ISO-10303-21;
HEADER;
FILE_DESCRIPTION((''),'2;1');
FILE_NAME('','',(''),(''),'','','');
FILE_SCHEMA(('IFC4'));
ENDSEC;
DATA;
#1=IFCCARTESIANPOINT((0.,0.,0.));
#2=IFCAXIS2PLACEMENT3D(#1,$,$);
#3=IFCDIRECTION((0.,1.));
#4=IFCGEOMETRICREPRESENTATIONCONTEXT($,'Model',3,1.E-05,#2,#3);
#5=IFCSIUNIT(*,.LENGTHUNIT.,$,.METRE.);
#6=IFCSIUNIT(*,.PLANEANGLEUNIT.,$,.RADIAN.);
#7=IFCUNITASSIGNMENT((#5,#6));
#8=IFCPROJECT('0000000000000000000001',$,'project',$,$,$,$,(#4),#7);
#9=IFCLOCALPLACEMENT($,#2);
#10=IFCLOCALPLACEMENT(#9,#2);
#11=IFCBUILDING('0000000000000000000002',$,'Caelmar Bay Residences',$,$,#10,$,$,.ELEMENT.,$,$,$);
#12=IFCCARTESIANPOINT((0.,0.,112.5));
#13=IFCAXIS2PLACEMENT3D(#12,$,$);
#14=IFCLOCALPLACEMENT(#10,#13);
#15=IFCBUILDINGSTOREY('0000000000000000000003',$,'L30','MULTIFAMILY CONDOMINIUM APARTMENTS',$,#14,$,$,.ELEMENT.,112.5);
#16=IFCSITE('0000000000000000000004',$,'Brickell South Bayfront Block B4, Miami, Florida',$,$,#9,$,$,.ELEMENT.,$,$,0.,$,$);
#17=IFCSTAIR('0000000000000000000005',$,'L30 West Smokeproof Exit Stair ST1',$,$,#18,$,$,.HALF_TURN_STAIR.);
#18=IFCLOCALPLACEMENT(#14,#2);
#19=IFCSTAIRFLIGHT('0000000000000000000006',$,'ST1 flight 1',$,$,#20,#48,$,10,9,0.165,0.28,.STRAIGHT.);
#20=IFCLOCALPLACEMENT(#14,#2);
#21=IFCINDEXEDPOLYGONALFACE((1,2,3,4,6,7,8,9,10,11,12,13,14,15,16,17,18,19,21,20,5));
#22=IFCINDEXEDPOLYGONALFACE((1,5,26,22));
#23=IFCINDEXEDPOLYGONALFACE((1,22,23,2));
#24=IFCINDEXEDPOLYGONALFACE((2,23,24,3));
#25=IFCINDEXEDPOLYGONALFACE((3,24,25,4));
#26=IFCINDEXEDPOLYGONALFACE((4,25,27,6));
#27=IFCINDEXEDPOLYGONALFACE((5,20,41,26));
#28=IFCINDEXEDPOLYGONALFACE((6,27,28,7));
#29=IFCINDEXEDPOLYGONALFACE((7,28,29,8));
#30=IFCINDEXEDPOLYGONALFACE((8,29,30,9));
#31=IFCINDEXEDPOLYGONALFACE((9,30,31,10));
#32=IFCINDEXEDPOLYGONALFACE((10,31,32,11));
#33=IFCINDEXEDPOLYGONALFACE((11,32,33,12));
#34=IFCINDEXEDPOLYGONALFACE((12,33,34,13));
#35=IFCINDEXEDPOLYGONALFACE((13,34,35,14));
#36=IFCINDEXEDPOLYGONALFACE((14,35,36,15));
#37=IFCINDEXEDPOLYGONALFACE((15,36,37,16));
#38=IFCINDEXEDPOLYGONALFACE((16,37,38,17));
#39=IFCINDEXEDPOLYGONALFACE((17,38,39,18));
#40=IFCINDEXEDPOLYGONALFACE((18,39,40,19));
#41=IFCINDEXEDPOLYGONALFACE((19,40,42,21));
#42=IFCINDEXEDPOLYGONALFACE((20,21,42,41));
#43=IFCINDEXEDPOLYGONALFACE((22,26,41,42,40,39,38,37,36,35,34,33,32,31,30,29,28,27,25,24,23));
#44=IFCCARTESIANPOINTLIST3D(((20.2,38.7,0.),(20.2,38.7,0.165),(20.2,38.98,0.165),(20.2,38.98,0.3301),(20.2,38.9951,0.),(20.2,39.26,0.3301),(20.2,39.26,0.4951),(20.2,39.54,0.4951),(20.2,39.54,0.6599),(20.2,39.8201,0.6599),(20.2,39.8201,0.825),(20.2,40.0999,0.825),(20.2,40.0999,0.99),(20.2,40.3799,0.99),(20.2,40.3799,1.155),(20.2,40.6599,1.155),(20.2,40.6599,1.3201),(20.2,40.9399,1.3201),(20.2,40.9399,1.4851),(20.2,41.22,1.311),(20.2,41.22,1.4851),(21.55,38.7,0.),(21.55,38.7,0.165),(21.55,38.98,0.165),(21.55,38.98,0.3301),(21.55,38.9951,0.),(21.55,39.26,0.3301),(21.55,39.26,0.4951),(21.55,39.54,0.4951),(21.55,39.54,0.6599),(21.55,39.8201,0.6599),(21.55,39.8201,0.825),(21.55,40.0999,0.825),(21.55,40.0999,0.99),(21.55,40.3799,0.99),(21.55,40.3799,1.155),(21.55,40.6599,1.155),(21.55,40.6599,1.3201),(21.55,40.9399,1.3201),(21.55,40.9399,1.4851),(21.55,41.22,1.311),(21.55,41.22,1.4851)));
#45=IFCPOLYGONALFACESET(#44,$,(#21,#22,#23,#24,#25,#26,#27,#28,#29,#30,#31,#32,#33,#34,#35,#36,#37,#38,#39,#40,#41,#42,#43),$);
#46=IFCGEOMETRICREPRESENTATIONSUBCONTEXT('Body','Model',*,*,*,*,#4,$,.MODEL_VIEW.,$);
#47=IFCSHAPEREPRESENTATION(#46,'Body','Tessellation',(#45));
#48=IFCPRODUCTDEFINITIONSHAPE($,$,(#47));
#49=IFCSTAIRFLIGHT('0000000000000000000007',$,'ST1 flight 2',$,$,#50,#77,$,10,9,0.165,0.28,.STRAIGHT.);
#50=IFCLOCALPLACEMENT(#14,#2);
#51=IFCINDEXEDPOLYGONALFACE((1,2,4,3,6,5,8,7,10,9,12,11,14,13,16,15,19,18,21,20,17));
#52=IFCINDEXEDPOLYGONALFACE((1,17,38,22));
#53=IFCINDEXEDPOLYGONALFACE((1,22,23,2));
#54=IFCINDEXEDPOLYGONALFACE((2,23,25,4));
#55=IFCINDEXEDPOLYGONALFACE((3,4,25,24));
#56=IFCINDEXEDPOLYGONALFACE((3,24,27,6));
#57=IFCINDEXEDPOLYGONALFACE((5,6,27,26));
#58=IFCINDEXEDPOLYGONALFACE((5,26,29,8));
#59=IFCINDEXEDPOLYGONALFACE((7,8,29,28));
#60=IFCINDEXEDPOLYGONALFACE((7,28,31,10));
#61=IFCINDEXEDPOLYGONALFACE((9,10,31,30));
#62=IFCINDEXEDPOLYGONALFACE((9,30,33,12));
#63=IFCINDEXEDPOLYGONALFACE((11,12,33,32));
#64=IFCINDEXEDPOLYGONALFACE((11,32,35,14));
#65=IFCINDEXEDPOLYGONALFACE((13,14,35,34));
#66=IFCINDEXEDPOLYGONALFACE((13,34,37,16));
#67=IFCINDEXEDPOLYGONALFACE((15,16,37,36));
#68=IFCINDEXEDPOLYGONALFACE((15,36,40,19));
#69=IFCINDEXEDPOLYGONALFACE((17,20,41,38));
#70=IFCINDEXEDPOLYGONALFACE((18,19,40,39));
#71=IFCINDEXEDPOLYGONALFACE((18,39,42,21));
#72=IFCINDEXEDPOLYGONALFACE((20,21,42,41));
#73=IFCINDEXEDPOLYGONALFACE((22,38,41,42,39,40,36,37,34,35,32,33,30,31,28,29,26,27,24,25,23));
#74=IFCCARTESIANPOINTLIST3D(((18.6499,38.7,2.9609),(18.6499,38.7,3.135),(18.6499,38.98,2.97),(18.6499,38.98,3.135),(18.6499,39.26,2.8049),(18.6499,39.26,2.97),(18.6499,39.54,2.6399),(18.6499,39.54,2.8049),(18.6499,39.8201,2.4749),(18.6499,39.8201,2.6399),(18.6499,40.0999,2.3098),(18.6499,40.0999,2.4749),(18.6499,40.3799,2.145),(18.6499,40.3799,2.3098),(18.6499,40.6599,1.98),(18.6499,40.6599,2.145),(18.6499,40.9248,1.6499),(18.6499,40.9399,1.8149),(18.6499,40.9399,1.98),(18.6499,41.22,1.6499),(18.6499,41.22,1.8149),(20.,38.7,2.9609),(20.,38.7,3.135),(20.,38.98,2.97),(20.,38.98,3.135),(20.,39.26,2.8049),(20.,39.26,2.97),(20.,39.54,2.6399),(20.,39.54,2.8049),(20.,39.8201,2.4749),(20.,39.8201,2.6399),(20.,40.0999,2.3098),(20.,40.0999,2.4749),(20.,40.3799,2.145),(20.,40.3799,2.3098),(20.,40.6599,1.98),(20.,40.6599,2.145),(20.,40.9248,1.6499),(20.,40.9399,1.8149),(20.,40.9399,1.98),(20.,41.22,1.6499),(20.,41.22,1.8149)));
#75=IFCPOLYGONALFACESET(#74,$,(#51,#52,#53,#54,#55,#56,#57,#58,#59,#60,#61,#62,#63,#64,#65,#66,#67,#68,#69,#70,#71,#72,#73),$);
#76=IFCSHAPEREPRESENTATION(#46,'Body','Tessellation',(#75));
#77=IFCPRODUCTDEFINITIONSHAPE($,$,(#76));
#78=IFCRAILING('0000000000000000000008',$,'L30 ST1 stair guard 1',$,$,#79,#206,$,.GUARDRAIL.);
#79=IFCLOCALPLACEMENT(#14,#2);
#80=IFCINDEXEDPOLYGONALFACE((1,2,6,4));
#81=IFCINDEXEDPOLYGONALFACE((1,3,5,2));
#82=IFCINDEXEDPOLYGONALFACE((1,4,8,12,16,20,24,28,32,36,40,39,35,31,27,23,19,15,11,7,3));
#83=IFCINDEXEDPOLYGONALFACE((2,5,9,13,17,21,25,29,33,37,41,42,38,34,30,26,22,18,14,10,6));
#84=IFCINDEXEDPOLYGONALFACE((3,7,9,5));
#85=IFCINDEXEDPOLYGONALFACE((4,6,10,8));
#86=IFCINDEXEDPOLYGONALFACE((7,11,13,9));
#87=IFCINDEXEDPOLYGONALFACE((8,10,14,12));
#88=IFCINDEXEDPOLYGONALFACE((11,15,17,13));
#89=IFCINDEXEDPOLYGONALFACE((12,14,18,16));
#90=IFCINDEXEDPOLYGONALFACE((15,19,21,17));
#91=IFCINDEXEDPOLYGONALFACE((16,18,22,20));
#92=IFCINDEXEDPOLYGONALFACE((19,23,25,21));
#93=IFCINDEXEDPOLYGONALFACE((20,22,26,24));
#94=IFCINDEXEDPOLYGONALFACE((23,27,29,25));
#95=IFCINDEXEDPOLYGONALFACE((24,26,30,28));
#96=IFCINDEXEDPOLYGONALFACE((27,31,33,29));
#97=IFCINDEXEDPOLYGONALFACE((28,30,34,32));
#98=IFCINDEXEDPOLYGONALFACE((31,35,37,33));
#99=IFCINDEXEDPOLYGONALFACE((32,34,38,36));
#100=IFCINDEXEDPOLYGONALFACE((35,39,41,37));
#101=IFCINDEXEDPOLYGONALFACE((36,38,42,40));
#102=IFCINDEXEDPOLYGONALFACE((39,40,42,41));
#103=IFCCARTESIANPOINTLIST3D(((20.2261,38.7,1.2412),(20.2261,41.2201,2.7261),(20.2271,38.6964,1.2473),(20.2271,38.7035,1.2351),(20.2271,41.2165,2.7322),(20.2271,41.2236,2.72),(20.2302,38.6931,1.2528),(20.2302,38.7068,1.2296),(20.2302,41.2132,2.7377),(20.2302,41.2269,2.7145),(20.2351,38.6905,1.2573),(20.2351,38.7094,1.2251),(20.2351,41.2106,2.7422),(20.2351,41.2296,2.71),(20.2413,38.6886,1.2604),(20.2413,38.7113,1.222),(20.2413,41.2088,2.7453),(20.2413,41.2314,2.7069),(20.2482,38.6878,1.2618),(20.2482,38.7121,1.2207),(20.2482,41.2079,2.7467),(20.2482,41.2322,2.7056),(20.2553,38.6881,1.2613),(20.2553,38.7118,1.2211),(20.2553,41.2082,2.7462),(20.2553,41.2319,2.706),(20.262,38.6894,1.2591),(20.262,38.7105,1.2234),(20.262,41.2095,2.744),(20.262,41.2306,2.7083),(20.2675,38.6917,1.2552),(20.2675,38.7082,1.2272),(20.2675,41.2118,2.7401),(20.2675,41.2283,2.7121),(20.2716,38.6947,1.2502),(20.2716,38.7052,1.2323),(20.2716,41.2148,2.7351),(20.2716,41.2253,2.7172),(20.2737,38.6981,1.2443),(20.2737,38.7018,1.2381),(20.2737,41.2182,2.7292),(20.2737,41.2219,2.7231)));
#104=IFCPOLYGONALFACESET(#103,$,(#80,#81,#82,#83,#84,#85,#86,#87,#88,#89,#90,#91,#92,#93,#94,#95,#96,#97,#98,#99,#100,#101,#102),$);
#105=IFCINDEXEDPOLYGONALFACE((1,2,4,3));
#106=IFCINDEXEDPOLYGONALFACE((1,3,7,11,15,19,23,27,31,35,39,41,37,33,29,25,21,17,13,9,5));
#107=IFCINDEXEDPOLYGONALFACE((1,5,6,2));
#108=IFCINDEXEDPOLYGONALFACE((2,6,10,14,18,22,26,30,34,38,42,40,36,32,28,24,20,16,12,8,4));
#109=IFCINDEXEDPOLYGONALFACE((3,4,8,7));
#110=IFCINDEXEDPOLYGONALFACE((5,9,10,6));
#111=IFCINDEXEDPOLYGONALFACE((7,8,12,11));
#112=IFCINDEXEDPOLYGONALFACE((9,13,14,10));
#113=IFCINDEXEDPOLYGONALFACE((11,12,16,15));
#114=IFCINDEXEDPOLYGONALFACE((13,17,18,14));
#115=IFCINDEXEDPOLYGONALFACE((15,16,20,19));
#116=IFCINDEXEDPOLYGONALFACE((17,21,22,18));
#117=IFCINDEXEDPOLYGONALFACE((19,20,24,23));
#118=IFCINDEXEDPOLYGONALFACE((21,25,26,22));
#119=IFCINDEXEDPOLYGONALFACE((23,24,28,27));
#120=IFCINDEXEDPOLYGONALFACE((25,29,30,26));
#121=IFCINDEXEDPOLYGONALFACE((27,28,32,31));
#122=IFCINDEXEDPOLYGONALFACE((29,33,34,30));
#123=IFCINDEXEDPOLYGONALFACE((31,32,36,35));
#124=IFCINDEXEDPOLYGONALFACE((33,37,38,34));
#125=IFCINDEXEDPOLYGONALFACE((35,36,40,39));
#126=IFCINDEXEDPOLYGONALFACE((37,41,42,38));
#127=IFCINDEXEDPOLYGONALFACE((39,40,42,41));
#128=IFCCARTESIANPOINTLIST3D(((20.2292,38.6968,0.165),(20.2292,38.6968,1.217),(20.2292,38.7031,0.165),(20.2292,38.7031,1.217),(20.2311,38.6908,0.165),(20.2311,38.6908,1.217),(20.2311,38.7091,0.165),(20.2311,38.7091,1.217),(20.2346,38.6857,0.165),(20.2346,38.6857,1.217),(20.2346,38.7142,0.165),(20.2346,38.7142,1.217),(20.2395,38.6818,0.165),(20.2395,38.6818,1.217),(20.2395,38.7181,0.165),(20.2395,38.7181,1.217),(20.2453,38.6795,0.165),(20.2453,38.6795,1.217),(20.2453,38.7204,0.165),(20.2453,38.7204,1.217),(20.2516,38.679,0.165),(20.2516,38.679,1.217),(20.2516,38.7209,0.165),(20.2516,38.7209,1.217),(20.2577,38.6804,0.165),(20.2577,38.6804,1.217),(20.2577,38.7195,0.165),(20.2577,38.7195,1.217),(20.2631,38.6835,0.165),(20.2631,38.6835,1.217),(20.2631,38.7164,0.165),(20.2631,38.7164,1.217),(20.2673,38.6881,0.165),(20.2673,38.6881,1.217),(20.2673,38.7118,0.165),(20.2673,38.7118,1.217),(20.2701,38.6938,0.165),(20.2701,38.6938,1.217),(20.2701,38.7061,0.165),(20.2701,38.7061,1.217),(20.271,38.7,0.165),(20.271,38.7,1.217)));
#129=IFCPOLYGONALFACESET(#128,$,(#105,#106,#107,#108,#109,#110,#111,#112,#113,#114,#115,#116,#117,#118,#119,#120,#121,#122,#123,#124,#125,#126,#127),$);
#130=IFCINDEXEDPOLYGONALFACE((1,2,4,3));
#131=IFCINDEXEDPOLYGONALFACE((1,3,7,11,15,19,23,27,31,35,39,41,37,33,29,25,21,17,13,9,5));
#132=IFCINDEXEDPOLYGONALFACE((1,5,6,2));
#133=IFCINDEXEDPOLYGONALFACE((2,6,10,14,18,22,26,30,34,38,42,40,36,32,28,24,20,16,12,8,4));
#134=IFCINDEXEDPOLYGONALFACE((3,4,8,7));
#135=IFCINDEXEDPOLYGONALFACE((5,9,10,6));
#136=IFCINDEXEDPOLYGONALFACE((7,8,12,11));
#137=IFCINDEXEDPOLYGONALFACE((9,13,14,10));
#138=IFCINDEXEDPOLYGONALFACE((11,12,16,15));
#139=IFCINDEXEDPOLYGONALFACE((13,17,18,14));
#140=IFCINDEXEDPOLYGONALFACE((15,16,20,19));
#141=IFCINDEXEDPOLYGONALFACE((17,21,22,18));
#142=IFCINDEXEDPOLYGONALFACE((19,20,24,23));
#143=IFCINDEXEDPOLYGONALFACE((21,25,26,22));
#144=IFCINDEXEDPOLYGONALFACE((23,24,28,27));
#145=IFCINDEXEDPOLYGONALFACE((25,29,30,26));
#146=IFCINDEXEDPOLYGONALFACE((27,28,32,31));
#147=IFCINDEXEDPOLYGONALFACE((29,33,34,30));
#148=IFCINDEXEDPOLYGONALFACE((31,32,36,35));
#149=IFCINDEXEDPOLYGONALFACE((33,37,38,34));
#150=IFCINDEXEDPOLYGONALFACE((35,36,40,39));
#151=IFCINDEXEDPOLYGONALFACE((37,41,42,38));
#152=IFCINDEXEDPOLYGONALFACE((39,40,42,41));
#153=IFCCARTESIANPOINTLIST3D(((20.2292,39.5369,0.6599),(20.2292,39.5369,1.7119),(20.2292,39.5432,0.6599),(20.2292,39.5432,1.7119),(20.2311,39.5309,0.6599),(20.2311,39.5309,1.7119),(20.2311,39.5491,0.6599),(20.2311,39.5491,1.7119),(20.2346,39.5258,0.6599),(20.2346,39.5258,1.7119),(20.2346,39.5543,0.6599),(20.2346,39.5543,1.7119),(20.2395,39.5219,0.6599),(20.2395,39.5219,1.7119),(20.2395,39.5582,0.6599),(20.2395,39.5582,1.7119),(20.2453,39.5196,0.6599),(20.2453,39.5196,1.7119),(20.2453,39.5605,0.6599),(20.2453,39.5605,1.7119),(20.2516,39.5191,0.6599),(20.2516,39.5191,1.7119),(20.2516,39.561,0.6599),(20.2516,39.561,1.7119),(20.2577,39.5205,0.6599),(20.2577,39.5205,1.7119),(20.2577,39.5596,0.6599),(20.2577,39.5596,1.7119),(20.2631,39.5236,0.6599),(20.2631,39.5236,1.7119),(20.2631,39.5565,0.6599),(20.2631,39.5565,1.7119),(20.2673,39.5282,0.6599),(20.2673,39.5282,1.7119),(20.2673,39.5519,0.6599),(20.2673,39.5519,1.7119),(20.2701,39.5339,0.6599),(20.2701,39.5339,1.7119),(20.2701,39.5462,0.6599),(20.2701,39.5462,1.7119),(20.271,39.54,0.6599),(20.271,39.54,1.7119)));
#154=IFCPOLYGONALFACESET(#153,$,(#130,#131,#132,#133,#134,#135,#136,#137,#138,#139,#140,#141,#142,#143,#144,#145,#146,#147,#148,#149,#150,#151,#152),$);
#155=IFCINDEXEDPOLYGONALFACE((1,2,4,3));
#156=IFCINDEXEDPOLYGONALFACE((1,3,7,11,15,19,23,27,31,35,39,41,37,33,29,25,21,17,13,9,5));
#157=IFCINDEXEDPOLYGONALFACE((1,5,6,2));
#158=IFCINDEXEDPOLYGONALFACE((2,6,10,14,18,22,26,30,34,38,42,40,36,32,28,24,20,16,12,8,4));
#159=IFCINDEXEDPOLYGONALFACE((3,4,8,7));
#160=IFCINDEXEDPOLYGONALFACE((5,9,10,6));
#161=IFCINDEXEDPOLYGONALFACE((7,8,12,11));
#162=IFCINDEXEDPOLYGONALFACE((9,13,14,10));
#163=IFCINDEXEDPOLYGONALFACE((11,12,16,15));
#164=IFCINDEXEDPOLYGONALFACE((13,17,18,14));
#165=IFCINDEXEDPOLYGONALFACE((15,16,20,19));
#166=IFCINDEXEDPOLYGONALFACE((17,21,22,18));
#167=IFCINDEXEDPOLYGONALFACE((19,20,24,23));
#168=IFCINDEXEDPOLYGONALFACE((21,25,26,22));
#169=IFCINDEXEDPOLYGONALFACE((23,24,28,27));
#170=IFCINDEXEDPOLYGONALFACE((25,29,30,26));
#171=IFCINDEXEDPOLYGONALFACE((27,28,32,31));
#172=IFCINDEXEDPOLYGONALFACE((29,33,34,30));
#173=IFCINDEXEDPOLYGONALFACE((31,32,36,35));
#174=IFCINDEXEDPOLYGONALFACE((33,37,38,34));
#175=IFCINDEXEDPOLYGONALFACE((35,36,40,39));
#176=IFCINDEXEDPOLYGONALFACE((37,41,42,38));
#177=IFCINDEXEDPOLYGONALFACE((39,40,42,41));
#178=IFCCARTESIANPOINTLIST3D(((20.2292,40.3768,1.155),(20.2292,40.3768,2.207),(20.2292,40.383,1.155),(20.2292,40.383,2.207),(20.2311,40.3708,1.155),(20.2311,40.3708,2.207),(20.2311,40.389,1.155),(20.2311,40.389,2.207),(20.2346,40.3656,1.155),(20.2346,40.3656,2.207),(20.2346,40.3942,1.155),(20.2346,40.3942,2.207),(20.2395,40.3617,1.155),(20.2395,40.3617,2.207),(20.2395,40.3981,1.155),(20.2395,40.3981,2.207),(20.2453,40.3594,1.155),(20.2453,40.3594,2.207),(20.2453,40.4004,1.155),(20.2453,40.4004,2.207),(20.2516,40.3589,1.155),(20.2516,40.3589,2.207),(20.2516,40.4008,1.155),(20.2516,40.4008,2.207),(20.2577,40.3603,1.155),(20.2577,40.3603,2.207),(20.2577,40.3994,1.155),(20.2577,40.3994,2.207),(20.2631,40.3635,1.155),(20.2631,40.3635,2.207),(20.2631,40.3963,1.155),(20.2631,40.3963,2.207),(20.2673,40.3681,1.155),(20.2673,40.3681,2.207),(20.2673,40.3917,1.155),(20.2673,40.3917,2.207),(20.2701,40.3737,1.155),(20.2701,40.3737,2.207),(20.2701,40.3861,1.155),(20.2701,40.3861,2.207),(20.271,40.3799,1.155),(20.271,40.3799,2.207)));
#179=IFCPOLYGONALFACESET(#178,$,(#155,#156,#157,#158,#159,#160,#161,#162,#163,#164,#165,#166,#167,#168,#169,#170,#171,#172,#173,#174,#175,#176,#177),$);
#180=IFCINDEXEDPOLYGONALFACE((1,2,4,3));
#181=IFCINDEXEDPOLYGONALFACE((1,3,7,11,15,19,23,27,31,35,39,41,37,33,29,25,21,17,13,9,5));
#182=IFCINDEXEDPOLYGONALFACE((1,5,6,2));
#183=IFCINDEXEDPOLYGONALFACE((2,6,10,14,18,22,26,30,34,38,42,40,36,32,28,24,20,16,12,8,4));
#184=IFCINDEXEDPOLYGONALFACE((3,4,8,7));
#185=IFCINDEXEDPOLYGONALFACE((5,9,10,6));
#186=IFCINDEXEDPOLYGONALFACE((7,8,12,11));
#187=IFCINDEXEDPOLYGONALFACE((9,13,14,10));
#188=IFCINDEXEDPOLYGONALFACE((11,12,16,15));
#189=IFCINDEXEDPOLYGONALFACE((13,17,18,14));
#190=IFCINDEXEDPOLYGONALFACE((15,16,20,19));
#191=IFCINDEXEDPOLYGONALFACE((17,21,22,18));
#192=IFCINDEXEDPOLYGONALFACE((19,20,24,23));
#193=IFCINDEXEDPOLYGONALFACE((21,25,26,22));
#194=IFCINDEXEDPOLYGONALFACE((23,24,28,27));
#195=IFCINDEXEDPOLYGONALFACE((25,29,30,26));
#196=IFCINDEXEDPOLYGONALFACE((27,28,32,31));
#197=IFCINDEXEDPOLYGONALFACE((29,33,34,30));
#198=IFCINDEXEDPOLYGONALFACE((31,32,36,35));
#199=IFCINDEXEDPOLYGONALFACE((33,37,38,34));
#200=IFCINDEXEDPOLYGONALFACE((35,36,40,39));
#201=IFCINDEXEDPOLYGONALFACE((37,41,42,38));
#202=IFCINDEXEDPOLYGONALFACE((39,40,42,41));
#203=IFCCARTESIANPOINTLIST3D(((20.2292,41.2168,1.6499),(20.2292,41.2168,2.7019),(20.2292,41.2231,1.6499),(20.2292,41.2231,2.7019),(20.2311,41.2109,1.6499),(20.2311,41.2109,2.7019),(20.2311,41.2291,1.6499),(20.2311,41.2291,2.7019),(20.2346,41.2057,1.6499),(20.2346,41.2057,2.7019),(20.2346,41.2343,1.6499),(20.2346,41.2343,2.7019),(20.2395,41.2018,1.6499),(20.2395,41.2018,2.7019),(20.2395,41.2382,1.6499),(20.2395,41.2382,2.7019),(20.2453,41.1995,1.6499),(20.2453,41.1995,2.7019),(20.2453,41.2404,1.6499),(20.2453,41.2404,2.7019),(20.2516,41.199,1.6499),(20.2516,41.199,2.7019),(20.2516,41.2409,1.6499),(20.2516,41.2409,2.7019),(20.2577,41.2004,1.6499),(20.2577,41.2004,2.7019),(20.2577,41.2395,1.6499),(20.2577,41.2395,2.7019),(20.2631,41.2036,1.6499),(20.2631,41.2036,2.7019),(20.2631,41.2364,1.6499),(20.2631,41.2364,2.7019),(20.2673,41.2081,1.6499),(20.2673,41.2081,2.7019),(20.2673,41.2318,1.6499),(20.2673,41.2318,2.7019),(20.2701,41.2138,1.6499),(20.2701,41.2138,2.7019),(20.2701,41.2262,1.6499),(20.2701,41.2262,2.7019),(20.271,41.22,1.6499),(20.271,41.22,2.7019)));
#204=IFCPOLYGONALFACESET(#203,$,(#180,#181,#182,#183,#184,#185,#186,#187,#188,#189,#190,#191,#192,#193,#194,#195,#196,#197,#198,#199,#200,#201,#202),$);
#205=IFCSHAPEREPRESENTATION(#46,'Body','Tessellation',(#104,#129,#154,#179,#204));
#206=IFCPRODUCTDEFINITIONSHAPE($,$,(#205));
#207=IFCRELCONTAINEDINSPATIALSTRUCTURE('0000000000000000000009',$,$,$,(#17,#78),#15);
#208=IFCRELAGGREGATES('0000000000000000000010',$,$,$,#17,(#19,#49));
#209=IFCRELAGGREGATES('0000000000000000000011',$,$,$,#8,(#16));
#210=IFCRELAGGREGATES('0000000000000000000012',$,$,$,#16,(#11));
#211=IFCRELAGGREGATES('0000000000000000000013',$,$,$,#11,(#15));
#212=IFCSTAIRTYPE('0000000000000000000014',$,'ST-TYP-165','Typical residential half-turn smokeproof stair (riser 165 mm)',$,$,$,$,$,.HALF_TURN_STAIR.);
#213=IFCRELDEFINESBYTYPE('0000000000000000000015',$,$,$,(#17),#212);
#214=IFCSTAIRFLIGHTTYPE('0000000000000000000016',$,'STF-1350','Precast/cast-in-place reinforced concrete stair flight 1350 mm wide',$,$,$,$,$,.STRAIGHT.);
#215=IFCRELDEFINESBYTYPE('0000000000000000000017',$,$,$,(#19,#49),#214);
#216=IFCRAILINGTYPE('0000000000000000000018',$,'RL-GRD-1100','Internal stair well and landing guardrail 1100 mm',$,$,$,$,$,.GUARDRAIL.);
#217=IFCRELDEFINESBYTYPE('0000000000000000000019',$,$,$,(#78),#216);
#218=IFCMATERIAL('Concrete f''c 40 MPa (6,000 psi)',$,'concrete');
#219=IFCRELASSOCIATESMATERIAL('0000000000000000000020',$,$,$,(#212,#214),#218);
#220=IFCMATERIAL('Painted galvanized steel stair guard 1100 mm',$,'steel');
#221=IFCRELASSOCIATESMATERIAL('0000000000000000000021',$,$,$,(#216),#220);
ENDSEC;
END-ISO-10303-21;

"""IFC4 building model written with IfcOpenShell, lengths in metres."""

from ifc_helpers import new_model, si_unit, direction, frame, origin, origin_2d, place, context, subcontext, project, spatial, polyline, circle, outline, extrude, material, type_object, element, aggregate, save


model = new_model("IFC4")

# Units and contexts
model_context = context("Model", 3, precision=1e-05, world=origin(), true_north=direction((0.0, 1.0)))
body_context = subcontext(model_context, "Body", "Model", "MODEL_VIEW")
ifc_project = project(units=[si_unit("LENGTHUNIT", "METRE"), si_unit("PLANEANGLEUNIT", "RADIAN")], contexts=[model_context])

# Site, building, storey
site_placement = place(None, origin())
site = spatial("IfcSite", under=ifc_project, at=site_placement, Name="Brickell South Bayfront Block B4, Miami, Florida", CompositionType="ELEMENT", RefElevation=0.0)
building_placement = place(site_placement, origin())
building = spatial("IfcBuilding", under=site, at=building_placement, Name="Caelmar Bay Residences", CompositionType="ELEMENT")
storey_placement = place(building_placement, frame((0.0, 0.0, 112.5)))
storey = spatial("IfcBuildingStorey", under=building, at=storey_placement, Name="L30", Description="MULTIFAMILY CONDOMINIUM APARTMENTS", CompositionType="ELEMENT", Elevation=112.5)

# Stair, stair flights
ifc_material_1 = material(Name="Concrete f'c 40 MPa (6,000 psi)", Category="concrete")
stair_type = type_object("IfcStairType", Name="ST-TYP-165", Description="Typical residential half-turn smokeproof stair (riser 165 mm)", PredefinedType="HALF_TURN_STAIR", material=ifc_material_1)
stair_placement = place(storey_placement, origin())
stair = element("IfcStair", 1, at=stair_placement, inside=storey, type_object=stair_type, Name="L30 West Smokeproof Exit Stair ST1", PredefinedType="HALF_TURN_STAIR")
stair_flight_type = type_object("IfcStairFlightType", Name="STF-1350", Description="Precast/cast-in-place reinforced concrete stair flight 1350 mm wide", PredefinedType="STRAIGHT", material=ifc_material_1)
stair_flight_1_placement = place(storey_placement, frame((20.875, 38.7, 0.0), z_axis=(0.0, 0.0, 1.0), x_axis=(0.0, 1.0, 0.0)))
stair_flight_1 = element("IfcStairFlight", 2, at=stair_flight_1_placement, type_object=stair_flight_type, Name="ST1 flight 1", NumberOfRisers=10, NumberOfTreads=9, PredefinedType="STRAIGHT", RiserHeight=0.165, TreadLength=0.28, context=body_context, shape_type="SweptSolid", body=[
    extrude(outline(polyline([(0.0, 0.0), (0.0, 0.165), (0.28, 0.165), (0.28, 0.3301), (0.5601, 0.3301), (0.5601, 0.4951), (0.8401, 0.4951), (0.8401, 0.6599), (1.1201, 0.6599), (1.1201, 0.825), (1.3999, 0.825), (1.3999, 0.99), (1.6799, 0.99), (1.6799, 1.155), (1.96, 1.155), (1.96, 1.3201), (2.24, 1.3201), (2.24, 1.4851), (2.52, 1.4851), (2.52, 1.6499), (2.52, 1.311), (0.2952, 0.0), (0.0, 0.0)])), frame((0.0, 0.675, 0.0), z_axis=(0.0, -1.0, 0.0), x_axis=(1.0, 0.0, 0.0)), (0.0, 0.0, 1.0), 1.3501),
])
stair_flight_2_placement = place(storey_placement, frame((19.325, 41.22, 1.6499), z_axis=(0.0, 0.0, 1.0), x_axis=(0.0, -1.0, 0.0)))
stair_flight_2 = element("IfcStairFlight", 3, at=stair_flight_2_placement, type_object=stair_flight_type, Name="ST1 flight 2", NumberOfRisers=10, NumberOfTreads=9, PredefinedType="STRAIGHT", RiserHeight=0.165, TreadLength=0.28, context=body_context, shape_type="SweptSolid", body=[
    extrude(outline(polyline([(0.0, 0.0), (0.0, 0.165), (0.28, 0.165), (0.28, 0.3301), (0.5601, 0.3301), (0.5601, 0.4951), (0.8401, 0.4951), (0.8401, 0.6599), (1.1201, 0.6599), (1.1201, 0.825), (1.3999, 0.825), (1.3999, 0.99), (1.6799, 0.99), (1.6799, 1.155), (1.96, 1.155), (1.96, 1.3201), (2.24, 1.3201), (2.24, 1.4851), (2.52, 1.4851), (2.52, 1.6499), (2.52, 1.311), (0.2952, 0.0), (0.0, 0.0)])), frame((0.0, 0.675, 0.0), z_axis=(0.0, -1.0, 0.0), x_axis=(1.0, 0.0, 0.0)), (0.0, 0.0, 1.0), 1.3501),
])
aggregate(stair, [stair_flight_1, stair_flight_2])

# Railing
ifc_material_2 = material(Name="Painted galvanized steel stair guard 1100 mm", Category="steel")
railing_type_1 = type_object("IfcRailingType", Name="RL-GRD-1100", Description="Internal stair well and landing guardrail 1100 mm", PredefinedType="GUARDRAIL", material=ifc_material_2)
railing_1_placement = place(storey_placement, frame((20.25, 38.7, 0.165)))
element("IfcRailing", 4, at=railing_1_placement, inside=storey, type_object=railing_type_1, Name="L30 ST1 stair guard 1", PredefinedType="GUARDRAIL", context=body_context, shape_type="SweptSolid", body=[
    extrude(circle(Radius=0.0239, at=origin_2d()), frame((0.0, 0.0, 1.0762), z_axis=(0.0, 0.861561, 0.507655), x_axis=(-1.0, 0.0, 0.0)), (0.0, 0.0, 1.0), 2.925),
    extrude(circle(Radius=0.021, at=origin_2d()), origin(), (0.0, 0.0, 1.0), 1.052),
    extrude(circle(Radius=0.021, at=origin_2d()), frame((0.0, 0.8401, 0.4949)), (0.0, 0.0, 1.0), 1.052),
    extrude(circle(Radius=0.021, at=origin_2d()), frame((0.0, 1.6799, 0.99)), (0.0, 0.0, 1.0), 1.052),
    extrude(circle(Radius=0.021, at=origin_2d()), frame((0.0, 2.52, 1.4849)), (0.0, 0.0, 1.0), 1.052),
])

save(model, "model.ifc")
